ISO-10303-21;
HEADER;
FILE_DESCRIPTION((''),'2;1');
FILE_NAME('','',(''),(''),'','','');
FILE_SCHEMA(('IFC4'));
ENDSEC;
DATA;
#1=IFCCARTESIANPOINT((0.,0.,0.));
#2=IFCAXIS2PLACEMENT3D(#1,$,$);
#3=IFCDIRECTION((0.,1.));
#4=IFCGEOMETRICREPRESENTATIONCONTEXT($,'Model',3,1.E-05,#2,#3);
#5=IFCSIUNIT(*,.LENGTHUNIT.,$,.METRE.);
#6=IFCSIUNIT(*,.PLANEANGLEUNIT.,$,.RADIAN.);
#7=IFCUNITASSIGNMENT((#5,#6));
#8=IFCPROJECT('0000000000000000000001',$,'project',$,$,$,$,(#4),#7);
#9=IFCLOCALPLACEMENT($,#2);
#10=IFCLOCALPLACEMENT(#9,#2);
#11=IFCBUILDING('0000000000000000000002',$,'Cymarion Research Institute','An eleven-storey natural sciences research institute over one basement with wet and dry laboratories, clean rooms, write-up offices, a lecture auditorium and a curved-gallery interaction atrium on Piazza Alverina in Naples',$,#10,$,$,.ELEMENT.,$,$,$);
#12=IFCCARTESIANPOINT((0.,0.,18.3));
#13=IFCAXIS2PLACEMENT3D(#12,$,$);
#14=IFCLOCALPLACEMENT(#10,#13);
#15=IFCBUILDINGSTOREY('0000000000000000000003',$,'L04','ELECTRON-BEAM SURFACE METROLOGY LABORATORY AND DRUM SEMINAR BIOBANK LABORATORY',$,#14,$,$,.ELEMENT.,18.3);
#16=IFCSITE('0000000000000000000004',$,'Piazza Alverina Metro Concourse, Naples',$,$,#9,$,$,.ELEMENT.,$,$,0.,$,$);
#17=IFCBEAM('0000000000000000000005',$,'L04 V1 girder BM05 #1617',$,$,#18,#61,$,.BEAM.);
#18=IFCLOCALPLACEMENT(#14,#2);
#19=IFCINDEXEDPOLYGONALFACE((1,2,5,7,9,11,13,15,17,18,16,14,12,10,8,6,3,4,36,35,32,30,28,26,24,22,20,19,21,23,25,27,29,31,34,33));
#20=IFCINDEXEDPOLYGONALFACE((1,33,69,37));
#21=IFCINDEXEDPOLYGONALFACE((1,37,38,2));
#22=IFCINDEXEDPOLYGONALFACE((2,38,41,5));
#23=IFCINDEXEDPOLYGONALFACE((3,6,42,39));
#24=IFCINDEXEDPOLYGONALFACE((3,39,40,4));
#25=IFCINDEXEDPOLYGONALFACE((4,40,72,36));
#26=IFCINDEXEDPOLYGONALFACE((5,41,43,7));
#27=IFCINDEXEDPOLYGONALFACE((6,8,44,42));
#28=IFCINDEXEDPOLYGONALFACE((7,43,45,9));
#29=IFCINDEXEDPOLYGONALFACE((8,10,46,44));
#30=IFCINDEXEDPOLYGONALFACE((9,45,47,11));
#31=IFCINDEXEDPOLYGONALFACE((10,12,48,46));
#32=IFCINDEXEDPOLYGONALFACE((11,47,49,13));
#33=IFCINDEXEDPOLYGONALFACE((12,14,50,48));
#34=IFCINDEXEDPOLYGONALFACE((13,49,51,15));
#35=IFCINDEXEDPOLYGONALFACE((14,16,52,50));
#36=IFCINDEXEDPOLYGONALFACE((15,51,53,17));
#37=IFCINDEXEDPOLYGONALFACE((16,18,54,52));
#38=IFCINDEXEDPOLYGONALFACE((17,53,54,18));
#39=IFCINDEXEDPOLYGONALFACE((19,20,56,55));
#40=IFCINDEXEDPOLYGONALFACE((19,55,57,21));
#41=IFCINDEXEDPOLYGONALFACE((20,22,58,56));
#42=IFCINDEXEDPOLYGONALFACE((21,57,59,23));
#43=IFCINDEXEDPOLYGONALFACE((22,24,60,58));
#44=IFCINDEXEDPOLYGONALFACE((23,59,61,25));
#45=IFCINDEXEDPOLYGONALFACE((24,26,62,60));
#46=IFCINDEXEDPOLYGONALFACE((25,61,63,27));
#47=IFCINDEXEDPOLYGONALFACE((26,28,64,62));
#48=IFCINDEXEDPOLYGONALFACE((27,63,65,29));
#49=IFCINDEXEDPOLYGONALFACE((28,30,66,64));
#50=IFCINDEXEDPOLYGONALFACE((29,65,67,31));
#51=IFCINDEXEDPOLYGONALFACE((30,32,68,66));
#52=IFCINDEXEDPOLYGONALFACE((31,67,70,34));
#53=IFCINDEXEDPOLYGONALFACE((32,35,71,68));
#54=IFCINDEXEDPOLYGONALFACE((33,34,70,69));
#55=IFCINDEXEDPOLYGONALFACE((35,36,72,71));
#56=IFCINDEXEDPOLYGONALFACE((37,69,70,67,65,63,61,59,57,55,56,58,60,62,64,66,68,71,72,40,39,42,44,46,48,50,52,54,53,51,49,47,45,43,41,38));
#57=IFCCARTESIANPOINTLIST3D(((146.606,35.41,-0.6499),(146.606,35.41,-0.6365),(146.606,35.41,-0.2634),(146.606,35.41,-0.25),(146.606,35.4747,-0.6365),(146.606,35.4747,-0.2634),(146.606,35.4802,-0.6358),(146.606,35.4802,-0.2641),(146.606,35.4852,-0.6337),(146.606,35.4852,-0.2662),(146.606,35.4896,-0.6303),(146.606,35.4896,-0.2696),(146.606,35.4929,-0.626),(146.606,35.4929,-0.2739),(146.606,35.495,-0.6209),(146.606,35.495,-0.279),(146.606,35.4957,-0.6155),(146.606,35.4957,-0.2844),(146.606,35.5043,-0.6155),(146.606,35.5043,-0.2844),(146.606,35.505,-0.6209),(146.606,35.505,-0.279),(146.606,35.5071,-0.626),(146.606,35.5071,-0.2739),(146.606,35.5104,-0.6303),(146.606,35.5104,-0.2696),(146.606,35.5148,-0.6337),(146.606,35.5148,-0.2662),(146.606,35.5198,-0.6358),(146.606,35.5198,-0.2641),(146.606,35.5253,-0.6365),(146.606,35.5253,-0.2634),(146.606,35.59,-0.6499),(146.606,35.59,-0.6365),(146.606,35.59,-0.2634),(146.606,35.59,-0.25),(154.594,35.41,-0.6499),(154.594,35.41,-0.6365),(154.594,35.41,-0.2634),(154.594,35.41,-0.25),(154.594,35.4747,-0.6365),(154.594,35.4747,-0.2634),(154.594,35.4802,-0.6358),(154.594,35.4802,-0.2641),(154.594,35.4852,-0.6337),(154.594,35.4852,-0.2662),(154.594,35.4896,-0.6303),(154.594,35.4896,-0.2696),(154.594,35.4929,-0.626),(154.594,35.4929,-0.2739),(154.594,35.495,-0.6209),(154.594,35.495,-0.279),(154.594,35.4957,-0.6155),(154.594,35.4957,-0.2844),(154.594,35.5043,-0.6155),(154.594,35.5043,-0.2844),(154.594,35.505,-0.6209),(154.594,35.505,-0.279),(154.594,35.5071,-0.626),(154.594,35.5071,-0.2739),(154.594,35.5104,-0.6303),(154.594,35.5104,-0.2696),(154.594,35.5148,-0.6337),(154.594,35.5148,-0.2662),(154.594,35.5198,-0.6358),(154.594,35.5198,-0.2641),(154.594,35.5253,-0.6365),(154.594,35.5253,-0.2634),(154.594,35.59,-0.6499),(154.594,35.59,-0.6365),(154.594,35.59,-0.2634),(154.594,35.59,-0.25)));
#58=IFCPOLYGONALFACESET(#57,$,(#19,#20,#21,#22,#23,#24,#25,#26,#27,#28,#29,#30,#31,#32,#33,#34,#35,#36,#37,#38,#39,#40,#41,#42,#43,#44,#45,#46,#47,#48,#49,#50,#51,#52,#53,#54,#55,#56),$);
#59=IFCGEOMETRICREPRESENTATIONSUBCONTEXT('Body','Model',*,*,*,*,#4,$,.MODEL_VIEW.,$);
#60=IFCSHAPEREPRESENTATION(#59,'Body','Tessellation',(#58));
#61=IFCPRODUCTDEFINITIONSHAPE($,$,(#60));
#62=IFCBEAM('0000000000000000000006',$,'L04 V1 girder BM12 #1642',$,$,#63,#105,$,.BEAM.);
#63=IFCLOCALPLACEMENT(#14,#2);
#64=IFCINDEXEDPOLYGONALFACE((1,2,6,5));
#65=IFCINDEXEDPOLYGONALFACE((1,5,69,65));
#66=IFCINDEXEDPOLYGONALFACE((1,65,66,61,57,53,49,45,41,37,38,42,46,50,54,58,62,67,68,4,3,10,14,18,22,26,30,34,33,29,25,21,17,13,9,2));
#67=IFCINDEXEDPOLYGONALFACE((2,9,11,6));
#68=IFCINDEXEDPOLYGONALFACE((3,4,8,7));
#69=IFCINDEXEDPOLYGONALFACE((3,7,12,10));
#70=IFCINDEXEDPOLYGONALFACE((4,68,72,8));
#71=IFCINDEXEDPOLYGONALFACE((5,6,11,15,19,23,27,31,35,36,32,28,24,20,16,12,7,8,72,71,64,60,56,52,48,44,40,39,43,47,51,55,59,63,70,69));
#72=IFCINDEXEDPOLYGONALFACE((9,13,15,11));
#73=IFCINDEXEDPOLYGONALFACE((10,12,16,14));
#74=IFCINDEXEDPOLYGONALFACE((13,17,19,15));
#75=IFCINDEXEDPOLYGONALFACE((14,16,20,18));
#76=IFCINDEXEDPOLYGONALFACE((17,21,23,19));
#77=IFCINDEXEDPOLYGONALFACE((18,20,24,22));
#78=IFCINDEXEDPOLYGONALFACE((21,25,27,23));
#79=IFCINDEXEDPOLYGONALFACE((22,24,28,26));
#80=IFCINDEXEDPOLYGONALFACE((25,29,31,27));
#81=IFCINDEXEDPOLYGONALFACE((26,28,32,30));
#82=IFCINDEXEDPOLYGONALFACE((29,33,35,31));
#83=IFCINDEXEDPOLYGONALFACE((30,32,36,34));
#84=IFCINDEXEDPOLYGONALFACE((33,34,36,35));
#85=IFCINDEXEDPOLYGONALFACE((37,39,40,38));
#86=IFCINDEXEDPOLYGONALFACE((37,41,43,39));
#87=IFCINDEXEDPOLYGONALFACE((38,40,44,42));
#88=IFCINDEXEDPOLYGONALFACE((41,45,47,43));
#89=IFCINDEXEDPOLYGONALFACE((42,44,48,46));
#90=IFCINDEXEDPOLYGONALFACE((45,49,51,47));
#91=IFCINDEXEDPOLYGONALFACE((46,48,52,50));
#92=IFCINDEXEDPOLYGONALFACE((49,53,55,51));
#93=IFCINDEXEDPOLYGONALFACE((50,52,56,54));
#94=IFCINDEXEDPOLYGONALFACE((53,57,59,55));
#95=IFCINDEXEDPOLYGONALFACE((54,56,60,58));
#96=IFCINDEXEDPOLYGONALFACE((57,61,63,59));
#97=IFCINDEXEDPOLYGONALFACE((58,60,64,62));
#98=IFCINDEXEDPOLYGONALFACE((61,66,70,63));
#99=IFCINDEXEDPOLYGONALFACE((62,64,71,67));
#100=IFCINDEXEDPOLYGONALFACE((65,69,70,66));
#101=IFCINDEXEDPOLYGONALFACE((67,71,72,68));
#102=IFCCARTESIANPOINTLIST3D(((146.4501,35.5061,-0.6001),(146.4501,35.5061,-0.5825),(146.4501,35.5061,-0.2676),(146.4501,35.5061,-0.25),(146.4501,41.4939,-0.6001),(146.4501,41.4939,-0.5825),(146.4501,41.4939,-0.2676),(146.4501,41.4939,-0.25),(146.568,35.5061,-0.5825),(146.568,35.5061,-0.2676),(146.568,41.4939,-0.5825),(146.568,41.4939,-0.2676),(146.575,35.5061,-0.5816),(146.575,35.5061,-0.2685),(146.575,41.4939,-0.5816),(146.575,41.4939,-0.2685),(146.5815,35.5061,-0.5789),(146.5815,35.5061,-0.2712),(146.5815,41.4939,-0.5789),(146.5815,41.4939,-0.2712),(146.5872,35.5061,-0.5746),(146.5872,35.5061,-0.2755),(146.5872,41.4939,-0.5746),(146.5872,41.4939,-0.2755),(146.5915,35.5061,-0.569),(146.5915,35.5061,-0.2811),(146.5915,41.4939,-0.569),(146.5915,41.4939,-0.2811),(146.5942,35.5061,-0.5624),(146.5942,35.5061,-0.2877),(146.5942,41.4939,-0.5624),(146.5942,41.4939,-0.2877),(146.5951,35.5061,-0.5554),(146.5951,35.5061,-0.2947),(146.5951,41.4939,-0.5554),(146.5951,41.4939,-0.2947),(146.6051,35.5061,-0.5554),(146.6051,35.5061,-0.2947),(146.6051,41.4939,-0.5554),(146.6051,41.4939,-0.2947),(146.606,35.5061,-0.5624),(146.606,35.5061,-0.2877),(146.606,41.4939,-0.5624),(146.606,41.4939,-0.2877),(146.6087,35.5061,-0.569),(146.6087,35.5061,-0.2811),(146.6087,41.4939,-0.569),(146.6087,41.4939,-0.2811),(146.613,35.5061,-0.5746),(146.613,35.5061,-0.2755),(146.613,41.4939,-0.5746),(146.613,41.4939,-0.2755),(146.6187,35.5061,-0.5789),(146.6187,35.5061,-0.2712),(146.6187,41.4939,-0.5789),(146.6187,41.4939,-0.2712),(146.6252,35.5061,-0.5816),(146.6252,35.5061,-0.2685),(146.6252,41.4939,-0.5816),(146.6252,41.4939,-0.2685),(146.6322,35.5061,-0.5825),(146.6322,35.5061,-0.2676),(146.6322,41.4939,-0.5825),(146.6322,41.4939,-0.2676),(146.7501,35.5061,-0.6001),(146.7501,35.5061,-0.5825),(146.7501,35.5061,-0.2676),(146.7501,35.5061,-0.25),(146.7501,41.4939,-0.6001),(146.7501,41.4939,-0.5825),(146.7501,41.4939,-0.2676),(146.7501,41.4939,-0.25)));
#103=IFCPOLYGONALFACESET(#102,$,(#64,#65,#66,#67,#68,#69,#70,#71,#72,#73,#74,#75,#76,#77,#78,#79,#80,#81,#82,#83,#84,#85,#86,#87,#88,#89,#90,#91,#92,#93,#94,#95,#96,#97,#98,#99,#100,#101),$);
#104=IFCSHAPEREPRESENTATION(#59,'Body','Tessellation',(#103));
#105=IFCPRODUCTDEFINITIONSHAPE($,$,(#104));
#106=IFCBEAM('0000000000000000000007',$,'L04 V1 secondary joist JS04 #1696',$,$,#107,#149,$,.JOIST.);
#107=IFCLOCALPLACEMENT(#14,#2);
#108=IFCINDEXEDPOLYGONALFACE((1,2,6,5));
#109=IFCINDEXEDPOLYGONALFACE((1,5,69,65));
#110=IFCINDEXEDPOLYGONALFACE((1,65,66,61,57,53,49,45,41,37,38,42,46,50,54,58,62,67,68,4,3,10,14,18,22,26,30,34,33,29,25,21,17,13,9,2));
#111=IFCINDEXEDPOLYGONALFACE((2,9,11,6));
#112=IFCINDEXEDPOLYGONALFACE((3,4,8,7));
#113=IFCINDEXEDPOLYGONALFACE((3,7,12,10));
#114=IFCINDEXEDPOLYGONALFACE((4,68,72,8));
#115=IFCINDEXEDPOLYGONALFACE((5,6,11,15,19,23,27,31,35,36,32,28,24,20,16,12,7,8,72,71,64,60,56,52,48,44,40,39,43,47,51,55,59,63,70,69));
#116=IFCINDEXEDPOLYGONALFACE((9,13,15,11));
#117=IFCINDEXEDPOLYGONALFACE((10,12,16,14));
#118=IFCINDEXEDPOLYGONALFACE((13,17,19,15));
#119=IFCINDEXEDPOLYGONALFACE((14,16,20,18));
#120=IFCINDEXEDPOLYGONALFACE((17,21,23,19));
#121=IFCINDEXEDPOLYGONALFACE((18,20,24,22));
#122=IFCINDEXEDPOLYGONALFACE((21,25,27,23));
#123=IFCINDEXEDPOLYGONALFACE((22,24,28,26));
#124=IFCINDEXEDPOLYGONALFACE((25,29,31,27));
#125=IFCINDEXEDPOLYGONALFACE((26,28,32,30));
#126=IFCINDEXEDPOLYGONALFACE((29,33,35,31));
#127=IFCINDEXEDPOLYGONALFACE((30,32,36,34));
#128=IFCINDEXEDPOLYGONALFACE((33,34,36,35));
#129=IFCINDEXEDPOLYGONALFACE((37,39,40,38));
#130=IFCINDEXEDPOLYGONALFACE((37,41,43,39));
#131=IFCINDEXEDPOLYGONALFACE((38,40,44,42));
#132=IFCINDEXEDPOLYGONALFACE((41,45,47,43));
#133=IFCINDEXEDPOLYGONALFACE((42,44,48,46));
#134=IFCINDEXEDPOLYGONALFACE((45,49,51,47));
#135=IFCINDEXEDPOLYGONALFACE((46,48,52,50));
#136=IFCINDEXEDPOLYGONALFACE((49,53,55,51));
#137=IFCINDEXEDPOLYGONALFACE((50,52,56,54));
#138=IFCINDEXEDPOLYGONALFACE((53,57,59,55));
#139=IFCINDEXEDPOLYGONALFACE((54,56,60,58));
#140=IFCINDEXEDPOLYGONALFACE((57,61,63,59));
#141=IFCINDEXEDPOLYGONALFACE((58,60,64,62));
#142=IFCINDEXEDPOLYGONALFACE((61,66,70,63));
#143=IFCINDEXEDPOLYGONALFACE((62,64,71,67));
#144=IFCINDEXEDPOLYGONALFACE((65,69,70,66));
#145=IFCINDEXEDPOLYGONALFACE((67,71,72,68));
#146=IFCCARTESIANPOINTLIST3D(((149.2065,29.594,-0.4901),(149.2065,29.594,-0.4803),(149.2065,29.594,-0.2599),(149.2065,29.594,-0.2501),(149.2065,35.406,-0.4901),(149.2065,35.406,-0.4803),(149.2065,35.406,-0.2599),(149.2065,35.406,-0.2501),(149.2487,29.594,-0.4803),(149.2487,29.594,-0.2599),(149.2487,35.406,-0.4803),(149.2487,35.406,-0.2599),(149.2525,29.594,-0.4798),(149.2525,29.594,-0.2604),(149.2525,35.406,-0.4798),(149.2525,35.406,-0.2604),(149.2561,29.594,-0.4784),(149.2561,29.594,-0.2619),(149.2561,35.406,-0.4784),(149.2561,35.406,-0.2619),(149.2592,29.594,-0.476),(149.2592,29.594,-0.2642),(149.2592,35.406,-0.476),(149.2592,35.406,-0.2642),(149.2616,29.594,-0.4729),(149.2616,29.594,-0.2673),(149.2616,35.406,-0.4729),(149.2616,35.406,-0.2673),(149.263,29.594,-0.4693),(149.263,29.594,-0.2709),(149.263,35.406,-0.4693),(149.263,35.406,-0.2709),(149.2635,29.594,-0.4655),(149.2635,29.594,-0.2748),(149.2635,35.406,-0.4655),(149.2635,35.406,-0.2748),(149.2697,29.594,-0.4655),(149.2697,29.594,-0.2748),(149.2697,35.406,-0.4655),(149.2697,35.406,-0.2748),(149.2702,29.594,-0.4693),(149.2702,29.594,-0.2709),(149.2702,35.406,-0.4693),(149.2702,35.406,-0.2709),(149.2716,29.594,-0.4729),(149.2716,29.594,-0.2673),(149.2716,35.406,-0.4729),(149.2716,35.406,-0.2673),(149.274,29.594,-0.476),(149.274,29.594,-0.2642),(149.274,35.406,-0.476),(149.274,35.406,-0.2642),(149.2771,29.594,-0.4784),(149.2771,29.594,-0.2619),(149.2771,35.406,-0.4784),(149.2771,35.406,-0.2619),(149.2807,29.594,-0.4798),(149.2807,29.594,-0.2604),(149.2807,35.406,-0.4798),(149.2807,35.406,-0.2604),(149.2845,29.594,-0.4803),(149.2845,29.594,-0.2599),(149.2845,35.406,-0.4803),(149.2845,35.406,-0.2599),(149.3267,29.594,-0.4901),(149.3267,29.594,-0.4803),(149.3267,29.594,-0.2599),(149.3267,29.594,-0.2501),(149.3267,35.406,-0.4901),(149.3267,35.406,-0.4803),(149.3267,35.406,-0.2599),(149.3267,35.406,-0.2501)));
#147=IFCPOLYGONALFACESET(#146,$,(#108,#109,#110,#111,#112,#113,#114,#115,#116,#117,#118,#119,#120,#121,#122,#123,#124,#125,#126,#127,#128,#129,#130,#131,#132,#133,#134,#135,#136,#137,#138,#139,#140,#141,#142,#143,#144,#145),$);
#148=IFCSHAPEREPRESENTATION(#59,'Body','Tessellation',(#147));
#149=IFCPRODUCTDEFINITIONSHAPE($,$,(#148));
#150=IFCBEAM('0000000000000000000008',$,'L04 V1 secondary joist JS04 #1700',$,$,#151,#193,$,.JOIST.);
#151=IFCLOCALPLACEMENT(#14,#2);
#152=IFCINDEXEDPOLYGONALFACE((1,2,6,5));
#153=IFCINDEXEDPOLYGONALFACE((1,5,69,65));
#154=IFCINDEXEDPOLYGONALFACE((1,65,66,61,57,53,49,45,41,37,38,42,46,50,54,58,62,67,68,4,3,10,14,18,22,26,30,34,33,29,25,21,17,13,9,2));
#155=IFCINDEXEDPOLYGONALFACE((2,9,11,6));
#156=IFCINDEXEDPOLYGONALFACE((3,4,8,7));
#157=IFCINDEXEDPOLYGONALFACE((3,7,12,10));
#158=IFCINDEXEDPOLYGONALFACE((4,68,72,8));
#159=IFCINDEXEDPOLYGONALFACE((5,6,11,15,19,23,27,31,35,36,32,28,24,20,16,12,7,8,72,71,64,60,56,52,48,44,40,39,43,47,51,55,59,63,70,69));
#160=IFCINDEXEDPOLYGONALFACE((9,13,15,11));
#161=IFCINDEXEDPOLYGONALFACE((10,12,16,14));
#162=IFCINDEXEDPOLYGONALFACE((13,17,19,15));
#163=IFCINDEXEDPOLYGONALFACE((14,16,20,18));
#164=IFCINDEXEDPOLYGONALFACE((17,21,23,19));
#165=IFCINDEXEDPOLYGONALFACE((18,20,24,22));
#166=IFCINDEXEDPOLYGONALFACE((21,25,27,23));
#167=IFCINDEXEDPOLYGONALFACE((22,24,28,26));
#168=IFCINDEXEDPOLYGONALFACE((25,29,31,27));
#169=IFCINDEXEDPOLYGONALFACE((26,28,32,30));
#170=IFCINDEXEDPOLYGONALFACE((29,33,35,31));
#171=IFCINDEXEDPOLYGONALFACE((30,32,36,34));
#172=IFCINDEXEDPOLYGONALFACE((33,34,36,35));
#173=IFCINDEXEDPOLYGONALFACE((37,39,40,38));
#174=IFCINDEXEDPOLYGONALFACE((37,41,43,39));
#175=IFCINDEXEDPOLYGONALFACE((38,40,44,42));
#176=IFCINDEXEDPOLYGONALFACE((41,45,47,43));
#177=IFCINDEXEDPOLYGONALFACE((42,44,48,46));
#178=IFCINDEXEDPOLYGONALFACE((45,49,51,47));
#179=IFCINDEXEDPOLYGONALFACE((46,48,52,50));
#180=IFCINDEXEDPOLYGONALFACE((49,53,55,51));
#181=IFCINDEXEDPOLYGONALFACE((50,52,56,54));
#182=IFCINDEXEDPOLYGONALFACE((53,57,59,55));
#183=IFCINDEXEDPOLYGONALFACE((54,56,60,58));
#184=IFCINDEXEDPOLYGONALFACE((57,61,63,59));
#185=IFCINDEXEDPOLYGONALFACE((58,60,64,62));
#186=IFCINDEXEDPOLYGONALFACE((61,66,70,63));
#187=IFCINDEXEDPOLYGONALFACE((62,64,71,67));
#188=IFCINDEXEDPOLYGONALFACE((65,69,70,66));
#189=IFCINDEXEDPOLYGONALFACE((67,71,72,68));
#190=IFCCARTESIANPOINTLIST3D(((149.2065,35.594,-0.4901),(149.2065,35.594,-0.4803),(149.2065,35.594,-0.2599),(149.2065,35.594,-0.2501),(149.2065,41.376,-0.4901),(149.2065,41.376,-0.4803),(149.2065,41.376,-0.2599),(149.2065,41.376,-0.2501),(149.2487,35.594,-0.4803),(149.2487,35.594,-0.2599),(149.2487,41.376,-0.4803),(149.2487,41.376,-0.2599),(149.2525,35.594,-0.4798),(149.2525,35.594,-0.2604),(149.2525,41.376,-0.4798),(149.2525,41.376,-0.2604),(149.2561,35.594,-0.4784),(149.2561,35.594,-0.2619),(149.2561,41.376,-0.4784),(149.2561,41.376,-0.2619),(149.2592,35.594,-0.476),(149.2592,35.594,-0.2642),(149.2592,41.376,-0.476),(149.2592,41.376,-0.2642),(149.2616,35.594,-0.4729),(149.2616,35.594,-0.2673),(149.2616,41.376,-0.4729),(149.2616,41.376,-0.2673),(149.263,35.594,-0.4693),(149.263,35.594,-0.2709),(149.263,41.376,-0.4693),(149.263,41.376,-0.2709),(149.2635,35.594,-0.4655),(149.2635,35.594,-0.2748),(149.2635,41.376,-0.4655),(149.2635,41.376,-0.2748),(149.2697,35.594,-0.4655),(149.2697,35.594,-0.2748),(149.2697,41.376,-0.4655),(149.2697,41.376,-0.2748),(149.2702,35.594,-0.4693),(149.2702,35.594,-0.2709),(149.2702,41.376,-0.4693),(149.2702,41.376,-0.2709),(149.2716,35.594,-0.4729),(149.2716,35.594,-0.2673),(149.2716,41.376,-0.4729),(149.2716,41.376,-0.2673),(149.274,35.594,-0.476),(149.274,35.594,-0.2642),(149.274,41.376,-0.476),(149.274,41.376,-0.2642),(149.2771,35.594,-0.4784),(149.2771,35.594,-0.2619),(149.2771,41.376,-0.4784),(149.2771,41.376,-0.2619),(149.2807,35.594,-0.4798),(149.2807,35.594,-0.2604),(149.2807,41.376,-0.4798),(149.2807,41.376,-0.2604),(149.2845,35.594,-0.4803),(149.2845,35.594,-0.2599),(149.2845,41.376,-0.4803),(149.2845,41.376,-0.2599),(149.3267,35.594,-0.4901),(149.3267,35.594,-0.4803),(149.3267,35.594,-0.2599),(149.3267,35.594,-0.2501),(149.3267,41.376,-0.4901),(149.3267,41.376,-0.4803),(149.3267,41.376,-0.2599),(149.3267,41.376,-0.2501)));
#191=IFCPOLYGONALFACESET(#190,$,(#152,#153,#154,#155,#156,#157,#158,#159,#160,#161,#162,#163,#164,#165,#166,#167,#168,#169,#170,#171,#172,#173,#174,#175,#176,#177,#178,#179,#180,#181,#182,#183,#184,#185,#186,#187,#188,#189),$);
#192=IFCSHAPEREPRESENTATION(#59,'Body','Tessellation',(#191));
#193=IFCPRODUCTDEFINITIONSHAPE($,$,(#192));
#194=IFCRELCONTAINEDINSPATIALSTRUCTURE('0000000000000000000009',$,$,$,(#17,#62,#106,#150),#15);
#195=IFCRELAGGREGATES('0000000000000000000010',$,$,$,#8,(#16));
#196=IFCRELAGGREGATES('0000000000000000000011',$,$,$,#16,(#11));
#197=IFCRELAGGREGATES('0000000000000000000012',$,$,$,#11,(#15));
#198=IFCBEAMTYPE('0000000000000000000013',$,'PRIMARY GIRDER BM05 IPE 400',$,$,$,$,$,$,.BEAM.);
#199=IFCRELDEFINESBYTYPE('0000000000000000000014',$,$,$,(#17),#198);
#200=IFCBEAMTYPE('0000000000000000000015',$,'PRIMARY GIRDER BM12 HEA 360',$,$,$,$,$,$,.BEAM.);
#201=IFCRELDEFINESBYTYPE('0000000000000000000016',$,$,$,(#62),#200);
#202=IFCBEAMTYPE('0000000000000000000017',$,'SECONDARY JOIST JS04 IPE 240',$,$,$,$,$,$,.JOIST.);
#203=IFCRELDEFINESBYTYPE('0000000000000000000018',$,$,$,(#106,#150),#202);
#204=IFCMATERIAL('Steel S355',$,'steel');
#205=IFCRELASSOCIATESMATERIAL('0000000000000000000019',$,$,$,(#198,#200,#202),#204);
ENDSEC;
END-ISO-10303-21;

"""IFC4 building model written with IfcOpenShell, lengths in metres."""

from ifc_helpers import new_model, si_unit, direction, frame, origin, origin_2d, place, context, subcontext, project, spatial, i_section, extrude, material, material_profile, profile_set, type_object, element, save


model = new_model("IFC4")

# Units and contexts
model_context = context("Model", 3, precision=1e-05, world=origin(), true_north=direction((0.0, 1.0)))
body_context = subcontext(model_context, "Body", "Model", "MODEL_VIEW")
ifc_project = project(units=[si_unit("LENGTHUNIT", "METRE"), si_unit("PLANEANGLEUNIT", "RADIAN")], contexts=[model_context])

# Site, building, storey
site_placement = place(None, origin())
site = spatial("IfcSite", under=ifc_project, at=site_placement, Name="Piazza Alverina Metro Concourse, Naples", CompositionType="ELEMENT", RefElevation=0.0)
building_placement = place(site_placement, origin())
building = spatial("IfcBuilding", under=site, at=building_placement, Name="Cymarion Research Institute", Description="An eleven-storey natural sciences research institute over one basement with wet and dry laboratories, clean rooms, write-up offices, a lecture auditorium and a curved-gallery interaction atrium on Piazza Alverina in Naples", CompositionType="ELEMENT")
storey_placement = place(building_placement, frame((0.0, 0.0, 18.3)))
storey = spatial("IfcBuildingStorey", under=building, at=storey_placement, Name="L04", Description="ELECTRON-BEAM SURFACE METROLOGY LABORATORY AND DRUM SEMINAR BIOBANK LABORATORY", CompositionType="ELEMENT", Elevation=18.3)

# Shared definitions
ifc_material_1 = material(Name="Steel S355", Category="steel")

# Beams
ifc_material_profile_1 = material_profile(ifc_material_1, i_section(OverallWidth=0.1799, OverallDepth=0.3999, WebThickness=0.0085, FlangeThickness=0.0134, FilletRadius=0.021, at=origin_2d()), Name="IPE 400")
ifc_profile_set_1 = profile_set([ifc_material_profile_1], Name="Steel S355")
beam_type_1 = type_object("IfcBeamType", Name="PRIMARY GIRDER BM05 IPE 400", PredefinedType="BEAM", material=ifc_profile_set_1)
beam_1_placement = place(storey_placement, frame((146.606, 35.5, -0.45), z_axis=(1.0, 0.0, 0.0), x_axis=(0.0, 1.0, 0.0)))
element("IfcBeam", 1, at=beam_1_placement, inside=storey, type_object=beam_type_1, Name="L04 V1 girder BM05 #1617", PredefinedType="BEAM", context=body_context, shape_type="SweptSolid", body=[
    extrude(i_section(OverallWidth=0.1799, OverallDepth=0.3999, WebThickness=0.0085, FlangeThickness=0.0134, FilletRadius=0.021, at=origin_2d()), origin(), (0.0, 0.0, 1.0), 7.988),
])
ifc_material_profile_2 = material_profile(ifc_material_1, i_section(OverallWidth=0.3, OverallDepth=0.3501, WebThickness=0.01, FlangeThickness=0.0176, FilletRadius=0.0271, at=origin_2d()), Name="HEA 360")
ifc_profile_set_2 = profile_set([ifc_material_profile_2], Name="Steel S355")
beam_type_2 = type_object("IfcBeamType", Name="PRIMARY GIRDER BM12 HEA 360", PredefinedType="BEAM", material=ifc_profile_set_2)
beam_2_placement = place(storey_placement, frame((146.6001, 35.5061, -0.425), z_axis=(0.0, 1.0, 0.0), x_axis=(-1.0, 0.0, 0.0)))
element("IfcBeam", 2, at=beam_2_placement, inside=storey, type_object=beam_type_2, Name="L04 V1 girder BM12 #1642", PredefinedType="BEAM", context=body_context, shape_type="SweptSolid", body=[
    extrude(i_section(OverallWidth=0.3, OverallDepth=0.3501, WebThickness=0.01, FlangeThickness=0.0176, FilletRadius=0.0271, at=origin_2d()), origin(), (0.0, 0.0, 1.0), 5.9878),
])
ifc_material_profile_3 = material_profile(ifc_material_1, i_section(OverallWidth=0.1201, OverallDepth=0.24, WebThickness=0.0061, FlangeThickness=0.0098, FilletRadius=0.0149, at=origin_2d()), Name="IPE 240")
ifc_profile_set_3 = profile_set([ifc_material_profile_3], Name="Steel S355")
beam_type_3 = type_object("IfcBeamType", Name="SECONDARY JOIST JS04 IPE 240", PredefinedType="JOIST", material=ifc_profile_set_3)
beam_3_placement = place(storey_placement, frame((149.2666, 29.594, -0.3701), z_axis=(0.0, 1.0, 0.0), x_axis=(-1.0, 0.0, 0.0)))
element("IfcBeam", 3, at=beam_3_placement, inside=storey, type_object=beam_type_3, Name="L04 V1 secondary joist JS04 #1696", PredefinedType="JOIST", context=body_context, shape_type="SweptSolid", body=[
    extrude(i_section(OverallWidth=0.1201, OverallDepth=0.24, WebThickness=0.0061, FlangeThickness=0.0098, FilletRadius=0.0149, at=origin_2d()), origin(), (0.0, 0.0, 1.0), 5.812),
])
beam_4_placement = place(storey_placement, frame((149.2666, 35.594, -0.3701), z_axis=(0.0, 1.0, 0.0), x_axis=(-1.0, 0.0, 0.0)))
element("IfcBeam", 4, at=beam_4_placement, inside=storey, type_object=beam_type_3, Name="L04 V1 secondary joist JS04 #1700", PredefinedType="JOIST", context=body_context, shape_type="SweptSolid", body=[
    extrude(i_section(OverallWidth=0.1201, OverallDepth=0.24, WebThickness=0.0061, FlangeThickness=0.0098, FilletRadius=0.0149, at=origin_2d()), origin(), (0.0, 0.0, 1.0), 5.782),
])

save(model, "model.ifc")
